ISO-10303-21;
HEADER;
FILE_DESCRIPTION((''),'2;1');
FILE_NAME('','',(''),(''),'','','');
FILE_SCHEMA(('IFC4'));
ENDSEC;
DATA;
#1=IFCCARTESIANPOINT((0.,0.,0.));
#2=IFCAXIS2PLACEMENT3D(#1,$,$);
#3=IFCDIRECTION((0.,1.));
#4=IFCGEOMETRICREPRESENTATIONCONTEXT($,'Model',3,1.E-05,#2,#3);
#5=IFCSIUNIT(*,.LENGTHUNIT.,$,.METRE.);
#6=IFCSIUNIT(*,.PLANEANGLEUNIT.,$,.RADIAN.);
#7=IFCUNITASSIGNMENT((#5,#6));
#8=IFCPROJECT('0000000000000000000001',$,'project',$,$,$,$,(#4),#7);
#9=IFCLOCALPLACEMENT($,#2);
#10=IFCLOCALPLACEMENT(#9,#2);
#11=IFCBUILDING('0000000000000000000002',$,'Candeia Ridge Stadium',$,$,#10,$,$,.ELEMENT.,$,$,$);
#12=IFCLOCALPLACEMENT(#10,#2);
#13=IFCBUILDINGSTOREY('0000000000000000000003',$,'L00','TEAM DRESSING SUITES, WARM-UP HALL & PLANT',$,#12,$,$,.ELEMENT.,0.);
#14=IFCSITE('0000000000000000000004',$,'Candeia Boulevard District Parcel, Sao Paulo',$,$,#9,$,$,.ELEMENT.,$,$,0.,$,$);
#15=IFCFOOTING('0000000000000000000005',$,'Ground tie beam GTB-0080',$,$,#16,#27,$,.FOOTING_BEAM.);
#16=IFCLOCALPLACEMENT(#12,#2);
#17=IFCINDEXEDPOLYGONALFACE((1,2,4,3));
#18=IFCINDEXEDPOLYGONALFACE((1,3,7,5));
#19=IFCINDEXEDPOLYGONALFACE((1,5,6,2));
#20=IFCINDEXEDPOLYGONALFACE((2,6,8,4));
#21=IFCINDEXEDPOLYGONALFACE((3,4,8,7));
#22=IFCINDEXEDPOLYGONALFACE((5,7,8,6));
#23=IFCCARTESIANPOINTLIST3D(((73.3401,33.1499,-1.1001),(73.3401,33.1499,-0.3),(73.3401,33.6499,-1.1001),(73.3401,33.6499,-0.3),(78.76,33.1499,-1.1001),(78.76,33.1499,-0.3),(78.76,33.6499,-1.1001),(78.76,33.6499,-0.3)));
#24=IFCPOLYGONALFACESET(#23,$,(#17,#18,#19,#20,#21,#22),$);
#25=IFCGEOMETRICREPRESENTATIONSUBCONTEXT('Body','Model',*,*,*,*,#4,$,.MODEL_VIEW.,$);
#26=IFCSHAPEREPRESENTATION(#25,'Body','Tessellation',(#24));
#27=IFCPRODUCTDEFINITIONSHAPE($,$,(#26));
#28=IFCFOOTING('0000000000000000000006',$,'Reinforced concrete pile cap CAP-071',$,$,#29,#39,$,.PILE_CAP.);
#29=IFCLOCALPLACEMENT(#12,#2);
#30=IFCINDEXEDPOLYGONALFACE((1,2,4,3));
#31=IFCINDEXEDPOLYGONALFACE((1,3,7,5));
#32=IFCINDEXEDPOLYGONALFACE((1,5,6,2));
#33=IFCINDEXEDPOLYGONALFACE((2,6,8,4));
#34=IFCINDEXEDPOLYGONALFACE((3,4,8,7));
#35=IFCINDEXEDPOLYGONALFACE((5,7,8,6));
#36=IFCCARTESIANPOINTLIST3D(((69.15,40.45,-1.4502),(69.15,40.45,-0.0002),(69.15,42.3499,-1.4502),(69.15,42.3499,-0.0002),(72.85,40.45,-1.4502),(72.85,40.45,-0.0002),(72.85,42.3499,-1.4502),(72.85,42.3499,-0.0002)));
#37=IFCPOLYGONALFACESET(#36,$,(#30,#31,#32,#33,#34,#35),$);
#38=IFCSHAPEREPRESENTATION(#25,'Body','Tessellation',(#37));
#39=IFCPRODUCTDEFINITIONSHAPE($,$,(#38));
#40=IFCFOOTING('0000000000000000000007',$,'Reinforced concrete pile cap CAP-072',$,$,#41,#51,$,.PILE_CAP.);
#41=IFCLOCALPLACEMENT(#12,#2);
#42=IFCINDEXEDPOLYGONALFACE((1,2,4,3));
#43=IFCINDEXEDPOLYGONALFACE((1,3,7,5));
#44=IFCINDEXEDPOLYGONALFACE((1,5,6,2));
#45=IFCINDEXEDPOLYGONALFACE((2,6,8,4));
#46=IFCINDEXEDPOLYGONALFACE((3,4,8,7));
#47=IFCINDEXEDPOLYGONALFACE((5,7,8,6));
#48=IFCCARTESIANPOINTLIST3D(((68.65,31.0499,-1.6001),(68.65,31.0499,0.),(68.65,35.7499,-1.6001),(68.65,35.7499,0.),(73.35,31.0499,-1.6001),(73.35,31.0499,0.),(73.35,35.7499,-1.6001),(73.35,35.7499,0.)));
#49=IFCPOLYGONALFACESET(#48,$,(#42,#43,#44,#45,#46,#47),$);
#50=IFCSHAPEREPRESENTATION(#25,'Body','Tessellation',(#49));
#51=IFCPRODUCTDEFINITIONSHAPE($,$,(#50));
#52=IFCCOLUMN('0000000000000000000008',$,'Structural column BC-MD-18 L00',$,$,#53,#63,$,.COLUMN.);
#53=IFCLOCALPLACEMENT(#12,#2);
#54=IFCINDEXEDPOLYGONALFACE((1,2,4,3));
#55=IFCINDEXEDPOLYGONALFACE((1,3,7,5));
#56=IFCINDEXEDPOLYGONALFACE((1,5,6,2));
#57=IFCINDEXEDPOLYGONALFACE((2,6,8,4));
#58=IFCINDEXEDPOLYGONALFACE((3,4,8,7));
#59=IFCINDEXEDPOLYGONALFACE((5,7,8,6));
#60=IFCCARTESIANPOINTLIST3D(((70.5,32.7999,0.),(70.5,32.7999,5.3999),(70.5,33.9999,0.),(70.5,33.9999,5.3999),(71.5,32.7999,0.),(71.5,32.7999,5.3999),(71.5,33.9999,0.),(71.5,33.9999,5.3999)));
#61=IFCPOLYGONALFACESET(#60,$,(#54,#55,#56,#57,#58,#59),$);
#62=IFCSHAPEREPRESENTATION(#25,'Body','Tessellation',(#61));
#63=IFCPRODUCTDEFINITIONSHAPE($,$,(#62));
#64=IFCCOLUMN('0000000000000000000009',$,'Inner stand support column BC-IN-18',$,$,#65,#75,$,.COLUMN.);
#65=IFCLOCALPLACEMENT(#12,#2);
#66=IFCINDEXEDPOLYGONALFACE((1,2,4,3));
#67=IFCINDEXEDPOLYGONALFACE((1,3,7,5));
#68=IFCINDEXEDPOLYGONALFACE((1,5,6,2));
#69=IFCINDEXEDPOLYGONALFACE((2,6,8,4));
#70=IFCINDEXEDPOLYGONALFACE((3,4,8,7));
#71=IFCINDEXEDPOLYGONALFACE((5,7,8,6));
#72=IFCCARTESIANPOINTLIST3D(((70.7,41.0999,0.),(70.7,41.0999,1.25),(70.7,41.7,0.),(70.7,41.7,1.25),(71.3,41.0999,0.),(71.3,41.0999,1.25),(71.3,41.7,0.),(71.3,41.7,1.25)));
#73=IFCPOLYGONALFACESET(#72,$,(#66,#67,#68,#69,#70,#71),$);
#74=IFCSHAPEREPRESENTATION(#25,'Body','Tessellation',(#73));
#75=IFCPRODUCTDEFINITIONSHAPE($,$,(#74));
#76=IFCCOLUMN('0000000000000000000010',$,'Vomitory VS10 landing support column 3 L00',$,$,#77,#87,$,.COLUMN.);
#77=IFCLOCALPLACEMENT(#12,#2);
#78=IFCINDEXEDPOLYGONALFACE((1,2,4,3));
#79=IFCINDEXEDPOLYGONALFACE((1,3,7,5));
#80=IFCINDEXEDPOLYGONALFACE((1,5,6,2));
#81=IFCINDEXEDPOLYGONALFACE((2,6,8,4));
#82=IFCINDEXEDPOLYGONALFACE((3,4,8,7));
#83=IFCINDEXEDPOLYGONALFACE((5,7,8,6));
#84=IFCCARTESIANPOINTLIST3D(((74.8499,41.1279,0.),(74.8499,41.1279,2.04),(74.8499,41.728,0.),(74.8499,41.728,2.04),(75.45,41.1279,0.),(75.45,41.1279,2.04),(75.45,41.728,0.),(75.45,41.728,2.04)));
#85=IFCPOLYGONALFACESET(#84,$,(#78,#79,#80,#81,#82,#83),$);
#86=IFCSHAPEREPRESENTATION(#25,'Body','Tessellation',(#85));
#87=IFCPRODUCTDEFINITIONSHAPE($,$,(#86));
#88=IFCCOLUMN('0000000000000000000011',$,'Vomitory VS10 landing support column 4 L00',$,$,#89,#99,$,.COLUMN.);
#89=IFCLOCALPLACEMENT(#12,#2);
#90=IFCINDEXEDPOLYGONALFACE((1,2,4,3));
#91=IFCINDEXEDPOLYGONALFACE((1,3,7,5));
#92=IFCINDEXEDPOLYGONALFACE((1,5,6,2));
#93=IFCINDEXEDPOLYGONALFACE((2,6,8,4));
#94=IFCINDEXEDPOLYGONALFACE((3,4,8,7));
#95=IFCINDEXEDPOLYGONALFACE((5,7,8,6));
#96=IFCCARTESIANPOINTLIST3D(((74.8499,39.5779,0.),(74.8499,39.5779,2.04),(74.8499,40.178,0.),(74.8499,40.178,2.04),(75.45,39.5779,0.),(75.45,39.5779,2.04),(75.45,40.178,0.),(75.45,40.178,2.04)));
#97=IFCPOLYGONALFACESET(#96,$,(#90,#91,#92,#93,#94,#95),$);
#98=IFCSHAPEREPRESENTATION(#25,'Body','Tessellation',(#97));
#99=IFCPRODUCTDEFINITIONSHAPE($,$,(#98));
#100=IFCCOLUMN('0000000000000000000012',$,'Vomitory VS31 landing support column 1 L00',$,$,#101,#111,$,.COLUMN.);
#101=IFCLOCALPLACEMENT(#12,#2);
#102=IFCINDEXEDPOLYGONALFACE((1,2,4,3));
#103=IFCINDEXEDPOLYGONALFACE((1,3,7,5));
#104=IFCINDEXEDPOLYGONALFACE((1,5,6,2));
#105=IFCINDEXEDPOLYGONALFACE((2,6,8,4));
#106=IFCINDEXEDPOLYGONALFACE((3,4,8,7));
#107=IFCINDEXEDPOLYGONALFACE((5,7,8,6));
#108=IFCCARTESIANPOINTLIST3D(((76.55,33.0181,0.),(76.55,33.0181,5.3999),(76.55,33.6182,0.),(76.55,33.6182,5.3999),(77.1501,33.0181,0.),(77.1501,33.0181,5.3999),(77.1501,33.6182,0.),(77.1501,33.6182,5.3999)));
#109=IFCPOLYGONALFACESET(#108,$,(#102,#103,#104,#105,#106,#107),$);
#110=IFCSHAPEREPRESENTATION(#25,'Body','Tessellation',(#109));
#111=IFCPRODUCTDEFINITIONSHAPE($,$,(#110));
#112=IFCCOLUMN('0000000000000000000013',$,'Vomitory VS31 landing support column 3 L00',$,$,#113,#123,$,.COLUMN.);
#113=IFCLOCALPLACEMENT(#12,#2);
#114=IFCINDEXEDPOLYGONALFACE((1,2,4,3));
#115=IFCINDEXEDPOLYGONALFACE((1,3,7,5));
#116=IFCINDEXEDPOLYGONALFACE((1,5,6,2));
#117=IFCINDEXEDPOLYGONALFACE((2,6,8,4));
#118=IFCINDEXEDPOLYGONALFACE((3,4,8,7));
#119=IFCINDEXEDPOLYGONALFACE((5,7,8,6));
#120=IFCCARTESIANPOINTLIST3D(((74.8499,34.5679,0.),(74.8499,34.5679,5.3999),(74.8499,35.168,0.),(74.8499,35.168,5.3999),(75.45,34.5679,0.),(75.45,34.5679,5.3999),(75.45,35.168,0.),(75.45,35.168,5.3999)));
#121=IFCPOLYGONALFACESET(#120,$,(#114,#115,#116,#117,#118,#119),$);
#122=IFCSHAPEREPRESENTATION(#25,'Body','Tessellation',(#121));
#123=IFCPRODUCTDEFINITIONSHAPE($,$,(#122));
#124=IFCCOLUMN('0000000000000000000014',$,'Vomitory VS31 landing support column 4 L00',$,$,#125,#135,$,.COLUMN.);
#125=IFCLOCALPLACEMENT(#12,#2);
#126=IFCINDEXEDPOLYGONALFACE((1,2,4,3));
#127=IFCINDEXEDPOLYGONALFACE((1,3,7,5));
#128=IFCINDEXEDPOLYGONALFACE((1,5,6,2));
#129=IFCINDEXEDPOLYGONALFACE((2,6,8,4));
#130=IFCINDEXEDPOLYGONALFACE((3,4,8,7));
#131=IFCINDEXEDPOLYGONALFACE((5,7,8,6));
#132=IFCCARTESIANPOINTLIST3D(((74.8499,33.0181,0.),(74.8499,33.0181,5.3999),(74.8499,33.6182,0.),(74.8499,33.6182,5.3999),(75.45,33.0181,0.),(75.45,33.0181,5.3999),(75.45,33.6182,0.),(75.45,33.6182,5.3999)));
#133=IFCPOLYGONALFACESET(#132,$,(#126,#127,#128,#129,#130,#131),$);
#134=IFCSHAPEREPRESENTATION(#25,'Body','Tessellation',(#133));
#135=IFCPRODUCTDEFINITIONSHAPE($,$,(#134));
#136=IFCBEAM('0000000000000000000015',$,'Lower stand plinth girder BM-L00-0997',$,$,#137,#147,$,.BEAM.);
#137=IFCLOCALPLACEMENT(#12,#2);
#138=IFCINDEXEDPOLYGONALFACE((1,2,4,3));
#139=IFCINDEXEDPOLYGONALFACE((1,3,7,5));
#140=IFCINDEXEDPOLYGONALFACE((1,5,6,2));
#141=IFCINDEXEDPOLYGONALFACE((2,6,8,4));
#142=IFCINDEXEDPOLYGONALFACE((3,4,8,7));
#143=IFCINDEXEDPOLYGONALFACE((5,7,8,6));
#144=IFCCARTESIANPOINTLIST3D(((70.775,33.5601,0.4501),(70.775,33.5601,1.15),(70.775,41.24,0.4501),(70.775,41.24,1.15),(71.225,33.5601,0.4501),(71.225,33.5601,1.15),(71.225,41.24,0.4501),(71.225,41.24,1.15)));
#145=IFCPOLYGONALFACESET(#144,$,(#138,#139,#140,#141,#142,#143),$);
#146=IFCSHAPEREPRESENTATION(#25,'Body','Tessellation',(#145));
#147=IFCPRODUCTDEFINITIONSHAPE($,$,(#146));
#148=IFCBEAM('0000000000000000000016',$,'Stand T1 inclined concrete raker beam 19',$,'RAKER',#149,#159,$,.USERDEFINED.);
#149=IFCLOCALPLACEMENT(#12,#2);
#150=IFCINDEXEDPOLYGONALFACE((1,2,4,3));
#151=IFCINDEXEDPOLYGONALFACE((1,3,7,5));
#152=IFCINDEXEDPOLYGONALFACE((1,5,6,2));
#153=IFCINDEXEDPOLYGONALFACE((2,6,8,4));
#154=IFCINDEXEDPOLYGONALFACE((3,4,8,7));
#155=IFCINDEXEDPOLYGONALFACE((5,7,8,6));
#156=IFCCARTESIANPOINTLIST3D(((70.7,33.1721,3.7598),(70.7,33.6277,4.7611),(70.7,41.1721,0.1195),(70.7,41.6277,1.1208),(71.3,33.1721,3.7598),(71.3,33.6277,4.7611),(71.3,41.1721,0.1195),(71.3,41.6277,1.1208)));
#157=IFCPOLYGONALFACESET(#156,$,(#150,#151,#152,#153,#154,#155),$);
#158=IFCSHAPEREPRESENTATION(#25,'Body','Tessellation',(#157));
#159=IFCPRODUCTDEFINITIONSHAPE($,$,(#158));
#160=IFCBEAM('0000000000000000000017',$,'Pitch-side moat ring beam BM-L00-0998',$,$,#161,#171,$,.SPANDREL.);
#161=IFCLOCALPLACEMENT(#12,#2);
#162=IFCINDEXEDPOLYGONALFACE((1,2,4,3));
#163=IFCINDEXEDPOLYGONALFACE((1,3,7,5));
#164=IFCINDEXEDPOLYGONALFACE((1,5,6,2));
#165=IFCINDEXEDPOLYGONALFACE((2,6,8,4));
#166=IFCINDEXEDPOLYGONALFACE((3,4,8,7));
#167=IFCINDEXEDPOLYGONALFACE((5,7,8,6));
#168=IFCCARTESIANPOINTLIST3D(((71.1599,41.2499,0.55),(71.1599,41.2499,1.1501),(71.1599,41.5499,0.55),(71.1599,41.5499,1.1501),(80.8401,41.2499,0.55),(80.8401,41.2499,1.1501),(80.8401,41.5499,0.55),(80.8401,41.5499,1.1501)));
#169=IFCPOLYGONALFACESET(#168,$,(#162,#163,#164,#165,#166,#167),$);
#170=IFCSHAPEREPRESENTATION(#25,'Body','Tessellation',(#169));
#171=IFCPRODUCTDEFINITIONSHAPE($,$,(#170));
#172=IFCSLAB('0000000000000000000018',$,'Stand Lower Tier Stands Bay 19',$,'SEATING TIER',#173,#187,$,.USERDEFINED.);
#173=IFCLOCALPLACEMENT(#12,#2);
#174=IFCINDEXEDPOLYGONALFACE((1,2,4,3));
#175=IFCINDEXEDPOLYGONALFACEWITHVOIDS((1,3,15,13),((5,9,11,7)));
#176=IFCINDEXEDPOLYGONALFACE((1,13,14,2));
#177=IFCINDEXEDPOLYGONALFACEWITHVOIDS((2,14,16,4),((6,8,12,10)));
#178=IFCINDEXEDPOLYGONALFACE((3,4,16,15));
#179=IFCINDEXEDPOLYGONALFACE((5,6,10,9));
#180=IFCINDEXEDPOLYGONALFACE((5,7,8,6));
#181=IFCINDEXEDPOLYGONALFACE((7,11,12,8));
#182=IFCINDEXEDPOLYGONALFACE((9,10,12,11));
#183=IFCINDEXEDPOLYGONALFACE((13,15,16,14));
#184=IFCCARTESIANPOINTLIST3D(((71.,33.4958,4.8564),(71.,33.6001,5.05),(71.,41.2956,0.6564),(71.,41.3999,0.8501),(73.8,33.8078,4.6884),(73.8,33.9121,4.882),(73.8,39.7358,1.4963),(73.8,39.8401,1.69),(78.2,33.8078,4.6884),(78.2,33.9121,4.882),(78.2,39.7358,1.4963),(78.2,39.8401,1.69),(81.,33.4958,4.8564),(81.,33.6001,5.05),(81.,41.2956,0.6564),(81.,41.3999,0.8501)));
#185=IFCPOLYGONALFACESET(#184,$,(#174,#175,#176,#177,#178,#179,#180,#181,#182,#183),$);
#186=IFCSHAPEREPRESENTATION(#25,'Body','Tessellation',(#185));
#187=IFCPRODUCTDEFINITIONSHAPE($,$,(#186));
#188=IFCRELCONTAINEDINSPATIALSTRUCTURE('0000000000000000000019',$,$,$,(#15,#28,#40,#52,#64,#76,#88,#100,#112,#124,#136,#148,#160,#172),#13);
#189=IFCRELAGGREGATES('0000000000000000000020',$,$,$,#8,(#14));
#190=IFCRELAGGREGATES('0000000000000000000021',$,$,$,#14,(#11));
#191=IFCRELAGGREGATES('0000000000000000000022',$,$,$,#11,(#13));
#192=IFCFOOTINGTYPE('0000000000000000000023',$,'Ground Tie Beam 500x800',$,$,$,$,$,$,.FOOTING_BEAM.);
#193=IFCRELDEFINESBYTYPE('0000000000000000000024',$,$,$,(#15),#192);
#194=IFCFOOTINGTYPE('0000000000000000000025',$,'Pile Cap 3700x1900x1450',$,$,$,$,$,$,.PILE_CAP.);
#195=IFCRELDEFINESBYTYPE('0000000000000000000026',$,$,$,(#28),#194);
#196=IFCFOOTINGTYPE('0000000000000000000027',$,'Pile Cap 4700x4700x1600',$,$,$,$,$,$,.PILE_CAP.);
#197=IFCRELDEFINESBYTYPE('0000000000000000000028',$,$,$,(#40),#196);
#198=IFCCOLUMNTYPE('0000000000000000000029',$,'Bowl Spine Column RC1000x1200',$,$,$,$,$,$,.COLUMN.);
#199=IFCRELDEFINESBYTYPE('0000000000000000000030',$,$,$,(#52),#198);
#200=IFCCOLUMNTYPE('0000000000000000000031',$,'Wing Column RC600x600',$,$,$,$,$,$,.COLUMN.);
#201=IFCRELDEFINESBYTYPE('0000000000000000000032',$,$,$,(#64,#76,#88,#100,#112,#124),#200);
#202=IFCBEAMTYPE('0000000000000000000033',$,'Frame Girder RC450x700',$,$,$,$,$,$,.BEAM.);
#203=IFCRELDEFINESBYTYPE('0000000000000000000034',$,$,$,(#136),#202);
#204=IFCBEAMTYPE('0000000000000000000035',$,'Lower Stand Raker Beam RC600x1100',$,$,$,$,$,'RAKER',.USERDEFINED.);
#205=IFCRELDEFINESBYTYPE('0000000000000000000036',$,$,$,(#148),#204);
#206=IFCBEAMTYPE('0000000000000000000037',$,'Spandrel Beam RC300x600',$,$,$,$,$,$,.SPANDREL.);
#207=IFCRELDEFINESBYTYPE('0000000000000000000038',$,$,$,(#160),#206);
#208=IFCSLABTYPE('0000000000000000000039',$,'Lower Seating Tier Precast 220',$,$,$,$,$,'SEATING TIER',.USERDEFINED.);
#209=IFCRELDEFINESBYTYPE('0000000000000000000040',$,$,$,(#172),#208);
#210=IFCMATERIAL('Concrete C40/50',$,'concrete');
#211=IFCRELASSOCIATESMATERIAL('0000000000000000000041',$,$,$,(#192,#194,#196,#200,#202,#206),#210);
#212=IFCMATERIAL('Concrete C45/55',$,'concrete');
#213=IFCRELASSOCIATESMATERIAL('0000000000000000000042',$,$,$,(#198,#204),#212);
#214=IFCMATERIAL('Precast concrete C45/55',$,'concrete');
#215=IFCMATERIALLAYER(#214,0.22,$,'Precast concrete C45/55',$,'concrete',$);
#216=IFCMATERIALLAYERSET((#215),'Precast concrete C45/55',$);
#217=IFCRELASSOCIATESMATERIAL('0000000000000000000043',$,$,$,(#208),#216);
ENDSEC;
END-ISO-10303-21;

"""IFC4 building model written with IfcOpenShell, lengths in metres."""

from ifc_helpers import new_model, si_unit, direction, frame, origin, origin_2d, place, context, subcontext, project, spatial, polyline, rectangle, outline, extrude, material, layer, layer_set, material_profile, profile_set, type_object, element, save


model = new_model("IFC4")

# Units and contexts
model_context = context("Model", 3, precision=1e-05, world=origin(), true_north=direction((0.0, 1.0)))
body_context = subcontext(model_context, "Body", "Model", "MODEL_VIEW")
ifc_project = project(units=[si_unit("LENGTHUNIT", "METRE"), si_unit("PLANEANGLEUNIT", "RADIAN")], contexts=[model_context])

# Site, building, storey
site_placement = place(None, origin())
site = spatial("IfcSite", under=ifc_project, at=site_placement, Name="Candeia Boulevard District Parcel, Sao Paulo", CompositionType="ELEMENT", RefElevation=0.0)
building_placement = place(site_placement, origin())
building = spatial("IfcBuilding", under=site, at=building_placement, Name="Candeia Ridge Stadium", CompositionType="ELEMENT")
storey_placement = place(building_placement, origin())
storey = spatial("IfcBuildingStorey", under=building, at=storey_placement, Name="L00", Description="TEAM DRESSING SUITES, WARM-UP HALL & PLANT", CompositionType="ELEMENT", Elevation=0.0)

# Shared definitions
ifc_material_1 = material(Name="Concrete C40/50", Category="concrete")

# Footings
footing_type_1 = type_object("IfcFootingType", Name="Ground Tie Beam 500x800", PredefinedType="FOOTING_BEAM", material=ifc_material_1)
footing_1_placement = place(storey_placement, frame((76.05, 33.3999, -1.1001), z_axis=(0.0, 0.0, 1.0), x_axis=(1.0, 0.0, 0.0)))
element("IfcFooting", 1, at=footing_1_placement, inside=storey, type_object=footing_type_1, Name="Ground tie beam GTB-0080", PredefinedType="FOOTING_BEAM", context=body_context, shape_type="SweptSolid", body=[
    extrude(rectangle(XDim=5.4199, YDim=0.5, at=origin_2d()), origin(), (0.0, 0.0, 1.0), 0.8),
])
footing_type_2 = type_object("IfcFootingType", Name="Pile Cap 3700x1900x1450", PredefinedType="PILE_CAP", material=ifc_material_1)
footing_2_placement = place(storey_placement, frame((71.0, 41.3999, -1.4502), z_axis=(0.0, 0.0, 1.0), x_axis=(1.0, 0.0, 0.0)))
element("IfcFooting", 2, at=footing_2_placement, inside=storey, type_object=footing_type_2, Name="Reinforced concrete pile cap CAP-071", PredefinedType="PILE_CAP", context=body_context, shape_type="SweptSolid", body=[
    extrude(rectangle(XDim=3.7, YDim=1.8999, at=origin_2d()), origin(), (0.0, 0.0, 1.0), 1.45),
])
footing_type_3 = type_object("IfcFootingType", Name="Pile Cap 4700x4700x1600", PredefinedType="PILE_CAP", material=ifc_material_1)
footing_3_placement = place(storey_placement, frame((71.0, 33.3999, -1.6001), z_axis=(0.0, 0.0, 1.0), x_axis=(1.0, 0.0, 0.0)))
element("IfcFooting", 3, at=footing_3_placement, inside=storey, type_object=footing_type_3, Name="Reinforced concrete pile cap CAP-072", PredefinedType="PILE_CAP", context=body_context, shape_type="SweptSolid", body=[
    extrude(rectangle(XDim=4.7, YDim=4.7, at=origin_2d()), origin(), (0.0, 0.0, 1.0), 1.6001),
])

# Columns
ifc_material_2 = material(Name="Concrete C45/55", Category="concrete")
ifc_material_profile_1 = material_profile(ifc_material_2, rectangle(XDim=1.0, YDim=1.2, at=origin_2d()), Name="RC1000x1200", Category="concrete")
ifc_profile_set_1 = profile_set([ifc_material_profile_1], Name="Concrete C45/55")
column_type_1 = type_object("IfcColumnType", Name="Bowl Spine Column RC1000x1200", PredefinedType="COLUMN", material=ifc_profile_set_1)
column_1_placement = place(storey_placement, frame((71.0, 33.3999, 0.0), z_axis=(0.0, 0.0, 1.0), x_axis=(1.0, 0.0, 0.0)))
element("IfcColumn", 4, at=column_1_placement, inside=storey, type_object=column_type_1, Name="Structural column BC-MD-18 L00", PredefinedType="COLUMN", context=body_context, shape_type="SweptSolid", body=[
    extrude(rectangle(XDim=1.0, YDim=1.2, at=origin_2d()), origin(), (0.0, 0.0, 1.0), 5.3999),
])
ifc_material_profile_2 = material_profile(ifc_material_1, rectangle(XDim=0.6001, YDim=0.6001, at=origin_2d()), Name="RC600x600", Category="concrete")
ifc_profile_set_2 = profile_set([ifc_material_profile_2], Name="Concrete C40/50")
column_type_2 = type_object("IfcColumnType", Name="Wing Column RC600x600", PredefinedType="COLUMN", material=ifc_profile_set_2)
column_2_placement = place(storey_placement, frame((71.0, 41.3999, 0.0), z_axis=(0.0, 0.0, 1.0), x_axis=(1.0, 0.0, 0.0)))
element("IfcColumn", 5, at=column_2_placement, inside=storey, type_object=column_type_2, Name="Inner stand support column BC-IN-18", PredefinedType="COLUMN", context=body_context, shape_type="SweptSolid", body=[
    extrude(rectangle(XDim=0.6001, YDim=0.6001, at=origin_2d()), origin(), (0.0, 0.0, 1.0), 1.25),
])
for number, where, z_axis, x_axis, name in (
    (6, (75.1499, 41.428, 0.0), (0.0, 0.0, 1.0), (1.0, 0.0, 0.0), "Vomitory VS10 landing support column 3 L00"),
    (7, (75.1499, 39.8779, 0.0), (0.0, 0.0, 1.0), (1.0, 0.0, 0.0), "Vomitory VS10 landing support column 4 L00"),
):
    element("IfcColumn", number, at=place(storey_placement, frame(where, z_axis=z_axis, x_axis=x_axis)), inside=storey, type_object=column_type_2, Name=name, PredefinedType="COLUMN", context=body_context, shape_type="SweptSolid", body=[
        extrude(rectangle(XDim=0.6001, YDim=0.6001, at=origin_2d()), origin(), (0.0, 0.0, 1.0), 2.04),
    ])
for number, where, z_axis, x_axis, name in (
    (8, (76.8501, 33.3181, 0.0), (0.0, 0.0, 1.0), (1.0, 0.0, 0.0), "Vomitory VS31 landing support column 1 L00"),
    (9, (75.1499, 34.8679, 0.0), (0.0, 0.0, 1.0), (1.0, 0.0, 0.0), "Vomitory VS31 landing support column 3 L00"),
    (10, (75.1499, 33.3181, 0.0), (0.0, 0.0, 1.0), (1.0, 0.0, 0.0), "Vomitory VS31 landing support column 4 L00"),
):
    element("IfcColumn", number, at=place(storey_placement, frame(where, z_axis=z_axis, x_axis=x_axis)), inside=storey, type_object=column_type_2, Name=name, PredefinedType="COLUMN", context=body_context, shape_type="SweptSolid", body=[
        extrude(rectangle(XDim=0.6001, YDim=0.6001, at=origin_2d()), origin(), (0.0, 0.0, 1.0), 5.3999),
    ])

# Beams
ifc_material_profile_3 = material_profile(ifc_material_1, rectangle(XDim=0.45, YDim=0.7, at=origin_2d()), Name="RC450x700", Category="concrete")
ifc_profile_set_3 = profile_set([ifc_material_profile_3], Name="Concrete C40/50")
beam_type_1 = type_object("IfcBeamType", Name="Frame Girder RC450x700", PredefinedType="BEAM", material=ifc_profile_set_3)
beam_1_placement = place(storey_placement, frame((71.0, 41.24, 0.8), z_axis=(0.0, -1.0, 0.0), x_axis=(1.0, 0.0, 0.0)))
element("IfcBeam", 11, at=beam_1_placement, inside=storey, type_object=beam_type_1, Name="Lower stand plinth girder BM-L00-0997", PredefinedType="BEAM", context=body_context, shape_type="SweptSolid", body=[
    extrude(rectangle(XDim=0.45, YDim=0.7, at=origin_2d()), origin(), (0.0, 0.0, 1.0), 7.6799),
])
ifc_material_profile_4 = material_profile(ifc_material_2, rectangle(XDim=0.6001, YDim=1.1001, at=origin_2d()), Name="RC600x1100", Category="concrete")
ifc_profile_set_4 = profile_set([ifc_material_profile_4], Name="Concrete C45/55")
beam_type_2 = type_object("IfcBeamType", Name="Lower Stand Raker Beam RC600x1100", ElementType="RAKER", PredefinedType="USERDEFINED", material=ifc_profile_set_4)
beam_2_placement = place(storey_placement, frame((71.0, 41.3999, 0.6201), z_axis=(0.0, -0.910194, 0.414182), x_axis=(1.0, 0.0, 0.0)))
element("IfcBeam", 12, at=beam_2_placement, inside=storey, type_object=beam_type_2, Name="Stand T1 inclined concrete raker beam 19", ObjectType="RAKER", PredefinedType="USERDEFINED", context=body_context, shape_type="SweptSolid", body=[
    extrude(rectangle(XDim=0.6001, YDim=1.1001, at=origin_2d()), origin(), (0.0, 0.0, 1.0), 8.7893),
])
ifc_material_profile_5 = material_profile(ifc_material_1, rectangle(XDim=0.3, YDim=0.6001, at=origin_2d()), Name="RC300x600", Category="concrete")
ifc_profile_set_5 = profile_set([ifc_material_profile_5], Name="Concrete C40/50")
beam_type_3 = type_object("IfcBeamType", Name="Spandrel Beam RC300x600", PredefinedType="SPANDREL", material=ifc_profile_set_5)
beam_3_placement = place(storey_placement, frame((71.1599, 41.3999, 0.8501), z_axis=(1.0, 0.0, 0.0), x_axis=(0.0, 1.0, 0.0)))
element("IfcBeam", 13, at=beam_3_placement, inside=storey, type_object=beam_type_3, Name="Pitch-side moat ring beam BM-L00-0998", PredefinedType="SPANDREL", context=body_context, shape_type="SweptSolid", body=[
    extrude(rectangle(XDim=0.3, YDim=0.6001, at=origin_2d()), origin(), (0.0, 0.0, 1.0), 9.6802),
])

# Slab
ifc_material_3 = material(Name="Precast concrete C45/55", Category="concrete")
ifc_layer_1 = layer(ifc_material_3, 0.22, Name="Precast concrete C45/55", Category="concrete")
ifc_layer_set_1 = layer_set([ifc_layer_1], Name="Precast concrete C45/55")
slab_type = type_object("IfcSlabType", Name="Lower Seating Tier Precast 220", ElementType="SEATING TIER", PredefinedType="USERDEFINED", material=ifc_layer_set_1)
slab_placement = place(storey_placement, frame((71.0, 41.3999, 0.8501), z_axis=(0.0, 0.474105, 0.880468), x_axis=(1.0, 0.0, 0.0)))
element("IfcSlab", 14, at=slab_placement, inside=storey, type_object=slab_type, Name="Stand Lower Tier Stands Bay 19", ObjectType="SEATING TIER", PredefinedType="USERDEFINED", context=body_context, shape_type="SweptSolid", body=[
    extrude(outline(polyline([(0.0, 0.0), (10.0, 0.0), (10.0, -8.8587), (0.0, -8.8587), (0.0, 0.0)]), holes=[polyline([(2.8, -1.7715), (7.2, -1.7715), (7.2, -8.5043), (2.8, -8.5043), (2.8, -1.7715)])]), origin(), (0.0, 0.0, -1.0), 0.22),
])

save(model, "model.ifc")
